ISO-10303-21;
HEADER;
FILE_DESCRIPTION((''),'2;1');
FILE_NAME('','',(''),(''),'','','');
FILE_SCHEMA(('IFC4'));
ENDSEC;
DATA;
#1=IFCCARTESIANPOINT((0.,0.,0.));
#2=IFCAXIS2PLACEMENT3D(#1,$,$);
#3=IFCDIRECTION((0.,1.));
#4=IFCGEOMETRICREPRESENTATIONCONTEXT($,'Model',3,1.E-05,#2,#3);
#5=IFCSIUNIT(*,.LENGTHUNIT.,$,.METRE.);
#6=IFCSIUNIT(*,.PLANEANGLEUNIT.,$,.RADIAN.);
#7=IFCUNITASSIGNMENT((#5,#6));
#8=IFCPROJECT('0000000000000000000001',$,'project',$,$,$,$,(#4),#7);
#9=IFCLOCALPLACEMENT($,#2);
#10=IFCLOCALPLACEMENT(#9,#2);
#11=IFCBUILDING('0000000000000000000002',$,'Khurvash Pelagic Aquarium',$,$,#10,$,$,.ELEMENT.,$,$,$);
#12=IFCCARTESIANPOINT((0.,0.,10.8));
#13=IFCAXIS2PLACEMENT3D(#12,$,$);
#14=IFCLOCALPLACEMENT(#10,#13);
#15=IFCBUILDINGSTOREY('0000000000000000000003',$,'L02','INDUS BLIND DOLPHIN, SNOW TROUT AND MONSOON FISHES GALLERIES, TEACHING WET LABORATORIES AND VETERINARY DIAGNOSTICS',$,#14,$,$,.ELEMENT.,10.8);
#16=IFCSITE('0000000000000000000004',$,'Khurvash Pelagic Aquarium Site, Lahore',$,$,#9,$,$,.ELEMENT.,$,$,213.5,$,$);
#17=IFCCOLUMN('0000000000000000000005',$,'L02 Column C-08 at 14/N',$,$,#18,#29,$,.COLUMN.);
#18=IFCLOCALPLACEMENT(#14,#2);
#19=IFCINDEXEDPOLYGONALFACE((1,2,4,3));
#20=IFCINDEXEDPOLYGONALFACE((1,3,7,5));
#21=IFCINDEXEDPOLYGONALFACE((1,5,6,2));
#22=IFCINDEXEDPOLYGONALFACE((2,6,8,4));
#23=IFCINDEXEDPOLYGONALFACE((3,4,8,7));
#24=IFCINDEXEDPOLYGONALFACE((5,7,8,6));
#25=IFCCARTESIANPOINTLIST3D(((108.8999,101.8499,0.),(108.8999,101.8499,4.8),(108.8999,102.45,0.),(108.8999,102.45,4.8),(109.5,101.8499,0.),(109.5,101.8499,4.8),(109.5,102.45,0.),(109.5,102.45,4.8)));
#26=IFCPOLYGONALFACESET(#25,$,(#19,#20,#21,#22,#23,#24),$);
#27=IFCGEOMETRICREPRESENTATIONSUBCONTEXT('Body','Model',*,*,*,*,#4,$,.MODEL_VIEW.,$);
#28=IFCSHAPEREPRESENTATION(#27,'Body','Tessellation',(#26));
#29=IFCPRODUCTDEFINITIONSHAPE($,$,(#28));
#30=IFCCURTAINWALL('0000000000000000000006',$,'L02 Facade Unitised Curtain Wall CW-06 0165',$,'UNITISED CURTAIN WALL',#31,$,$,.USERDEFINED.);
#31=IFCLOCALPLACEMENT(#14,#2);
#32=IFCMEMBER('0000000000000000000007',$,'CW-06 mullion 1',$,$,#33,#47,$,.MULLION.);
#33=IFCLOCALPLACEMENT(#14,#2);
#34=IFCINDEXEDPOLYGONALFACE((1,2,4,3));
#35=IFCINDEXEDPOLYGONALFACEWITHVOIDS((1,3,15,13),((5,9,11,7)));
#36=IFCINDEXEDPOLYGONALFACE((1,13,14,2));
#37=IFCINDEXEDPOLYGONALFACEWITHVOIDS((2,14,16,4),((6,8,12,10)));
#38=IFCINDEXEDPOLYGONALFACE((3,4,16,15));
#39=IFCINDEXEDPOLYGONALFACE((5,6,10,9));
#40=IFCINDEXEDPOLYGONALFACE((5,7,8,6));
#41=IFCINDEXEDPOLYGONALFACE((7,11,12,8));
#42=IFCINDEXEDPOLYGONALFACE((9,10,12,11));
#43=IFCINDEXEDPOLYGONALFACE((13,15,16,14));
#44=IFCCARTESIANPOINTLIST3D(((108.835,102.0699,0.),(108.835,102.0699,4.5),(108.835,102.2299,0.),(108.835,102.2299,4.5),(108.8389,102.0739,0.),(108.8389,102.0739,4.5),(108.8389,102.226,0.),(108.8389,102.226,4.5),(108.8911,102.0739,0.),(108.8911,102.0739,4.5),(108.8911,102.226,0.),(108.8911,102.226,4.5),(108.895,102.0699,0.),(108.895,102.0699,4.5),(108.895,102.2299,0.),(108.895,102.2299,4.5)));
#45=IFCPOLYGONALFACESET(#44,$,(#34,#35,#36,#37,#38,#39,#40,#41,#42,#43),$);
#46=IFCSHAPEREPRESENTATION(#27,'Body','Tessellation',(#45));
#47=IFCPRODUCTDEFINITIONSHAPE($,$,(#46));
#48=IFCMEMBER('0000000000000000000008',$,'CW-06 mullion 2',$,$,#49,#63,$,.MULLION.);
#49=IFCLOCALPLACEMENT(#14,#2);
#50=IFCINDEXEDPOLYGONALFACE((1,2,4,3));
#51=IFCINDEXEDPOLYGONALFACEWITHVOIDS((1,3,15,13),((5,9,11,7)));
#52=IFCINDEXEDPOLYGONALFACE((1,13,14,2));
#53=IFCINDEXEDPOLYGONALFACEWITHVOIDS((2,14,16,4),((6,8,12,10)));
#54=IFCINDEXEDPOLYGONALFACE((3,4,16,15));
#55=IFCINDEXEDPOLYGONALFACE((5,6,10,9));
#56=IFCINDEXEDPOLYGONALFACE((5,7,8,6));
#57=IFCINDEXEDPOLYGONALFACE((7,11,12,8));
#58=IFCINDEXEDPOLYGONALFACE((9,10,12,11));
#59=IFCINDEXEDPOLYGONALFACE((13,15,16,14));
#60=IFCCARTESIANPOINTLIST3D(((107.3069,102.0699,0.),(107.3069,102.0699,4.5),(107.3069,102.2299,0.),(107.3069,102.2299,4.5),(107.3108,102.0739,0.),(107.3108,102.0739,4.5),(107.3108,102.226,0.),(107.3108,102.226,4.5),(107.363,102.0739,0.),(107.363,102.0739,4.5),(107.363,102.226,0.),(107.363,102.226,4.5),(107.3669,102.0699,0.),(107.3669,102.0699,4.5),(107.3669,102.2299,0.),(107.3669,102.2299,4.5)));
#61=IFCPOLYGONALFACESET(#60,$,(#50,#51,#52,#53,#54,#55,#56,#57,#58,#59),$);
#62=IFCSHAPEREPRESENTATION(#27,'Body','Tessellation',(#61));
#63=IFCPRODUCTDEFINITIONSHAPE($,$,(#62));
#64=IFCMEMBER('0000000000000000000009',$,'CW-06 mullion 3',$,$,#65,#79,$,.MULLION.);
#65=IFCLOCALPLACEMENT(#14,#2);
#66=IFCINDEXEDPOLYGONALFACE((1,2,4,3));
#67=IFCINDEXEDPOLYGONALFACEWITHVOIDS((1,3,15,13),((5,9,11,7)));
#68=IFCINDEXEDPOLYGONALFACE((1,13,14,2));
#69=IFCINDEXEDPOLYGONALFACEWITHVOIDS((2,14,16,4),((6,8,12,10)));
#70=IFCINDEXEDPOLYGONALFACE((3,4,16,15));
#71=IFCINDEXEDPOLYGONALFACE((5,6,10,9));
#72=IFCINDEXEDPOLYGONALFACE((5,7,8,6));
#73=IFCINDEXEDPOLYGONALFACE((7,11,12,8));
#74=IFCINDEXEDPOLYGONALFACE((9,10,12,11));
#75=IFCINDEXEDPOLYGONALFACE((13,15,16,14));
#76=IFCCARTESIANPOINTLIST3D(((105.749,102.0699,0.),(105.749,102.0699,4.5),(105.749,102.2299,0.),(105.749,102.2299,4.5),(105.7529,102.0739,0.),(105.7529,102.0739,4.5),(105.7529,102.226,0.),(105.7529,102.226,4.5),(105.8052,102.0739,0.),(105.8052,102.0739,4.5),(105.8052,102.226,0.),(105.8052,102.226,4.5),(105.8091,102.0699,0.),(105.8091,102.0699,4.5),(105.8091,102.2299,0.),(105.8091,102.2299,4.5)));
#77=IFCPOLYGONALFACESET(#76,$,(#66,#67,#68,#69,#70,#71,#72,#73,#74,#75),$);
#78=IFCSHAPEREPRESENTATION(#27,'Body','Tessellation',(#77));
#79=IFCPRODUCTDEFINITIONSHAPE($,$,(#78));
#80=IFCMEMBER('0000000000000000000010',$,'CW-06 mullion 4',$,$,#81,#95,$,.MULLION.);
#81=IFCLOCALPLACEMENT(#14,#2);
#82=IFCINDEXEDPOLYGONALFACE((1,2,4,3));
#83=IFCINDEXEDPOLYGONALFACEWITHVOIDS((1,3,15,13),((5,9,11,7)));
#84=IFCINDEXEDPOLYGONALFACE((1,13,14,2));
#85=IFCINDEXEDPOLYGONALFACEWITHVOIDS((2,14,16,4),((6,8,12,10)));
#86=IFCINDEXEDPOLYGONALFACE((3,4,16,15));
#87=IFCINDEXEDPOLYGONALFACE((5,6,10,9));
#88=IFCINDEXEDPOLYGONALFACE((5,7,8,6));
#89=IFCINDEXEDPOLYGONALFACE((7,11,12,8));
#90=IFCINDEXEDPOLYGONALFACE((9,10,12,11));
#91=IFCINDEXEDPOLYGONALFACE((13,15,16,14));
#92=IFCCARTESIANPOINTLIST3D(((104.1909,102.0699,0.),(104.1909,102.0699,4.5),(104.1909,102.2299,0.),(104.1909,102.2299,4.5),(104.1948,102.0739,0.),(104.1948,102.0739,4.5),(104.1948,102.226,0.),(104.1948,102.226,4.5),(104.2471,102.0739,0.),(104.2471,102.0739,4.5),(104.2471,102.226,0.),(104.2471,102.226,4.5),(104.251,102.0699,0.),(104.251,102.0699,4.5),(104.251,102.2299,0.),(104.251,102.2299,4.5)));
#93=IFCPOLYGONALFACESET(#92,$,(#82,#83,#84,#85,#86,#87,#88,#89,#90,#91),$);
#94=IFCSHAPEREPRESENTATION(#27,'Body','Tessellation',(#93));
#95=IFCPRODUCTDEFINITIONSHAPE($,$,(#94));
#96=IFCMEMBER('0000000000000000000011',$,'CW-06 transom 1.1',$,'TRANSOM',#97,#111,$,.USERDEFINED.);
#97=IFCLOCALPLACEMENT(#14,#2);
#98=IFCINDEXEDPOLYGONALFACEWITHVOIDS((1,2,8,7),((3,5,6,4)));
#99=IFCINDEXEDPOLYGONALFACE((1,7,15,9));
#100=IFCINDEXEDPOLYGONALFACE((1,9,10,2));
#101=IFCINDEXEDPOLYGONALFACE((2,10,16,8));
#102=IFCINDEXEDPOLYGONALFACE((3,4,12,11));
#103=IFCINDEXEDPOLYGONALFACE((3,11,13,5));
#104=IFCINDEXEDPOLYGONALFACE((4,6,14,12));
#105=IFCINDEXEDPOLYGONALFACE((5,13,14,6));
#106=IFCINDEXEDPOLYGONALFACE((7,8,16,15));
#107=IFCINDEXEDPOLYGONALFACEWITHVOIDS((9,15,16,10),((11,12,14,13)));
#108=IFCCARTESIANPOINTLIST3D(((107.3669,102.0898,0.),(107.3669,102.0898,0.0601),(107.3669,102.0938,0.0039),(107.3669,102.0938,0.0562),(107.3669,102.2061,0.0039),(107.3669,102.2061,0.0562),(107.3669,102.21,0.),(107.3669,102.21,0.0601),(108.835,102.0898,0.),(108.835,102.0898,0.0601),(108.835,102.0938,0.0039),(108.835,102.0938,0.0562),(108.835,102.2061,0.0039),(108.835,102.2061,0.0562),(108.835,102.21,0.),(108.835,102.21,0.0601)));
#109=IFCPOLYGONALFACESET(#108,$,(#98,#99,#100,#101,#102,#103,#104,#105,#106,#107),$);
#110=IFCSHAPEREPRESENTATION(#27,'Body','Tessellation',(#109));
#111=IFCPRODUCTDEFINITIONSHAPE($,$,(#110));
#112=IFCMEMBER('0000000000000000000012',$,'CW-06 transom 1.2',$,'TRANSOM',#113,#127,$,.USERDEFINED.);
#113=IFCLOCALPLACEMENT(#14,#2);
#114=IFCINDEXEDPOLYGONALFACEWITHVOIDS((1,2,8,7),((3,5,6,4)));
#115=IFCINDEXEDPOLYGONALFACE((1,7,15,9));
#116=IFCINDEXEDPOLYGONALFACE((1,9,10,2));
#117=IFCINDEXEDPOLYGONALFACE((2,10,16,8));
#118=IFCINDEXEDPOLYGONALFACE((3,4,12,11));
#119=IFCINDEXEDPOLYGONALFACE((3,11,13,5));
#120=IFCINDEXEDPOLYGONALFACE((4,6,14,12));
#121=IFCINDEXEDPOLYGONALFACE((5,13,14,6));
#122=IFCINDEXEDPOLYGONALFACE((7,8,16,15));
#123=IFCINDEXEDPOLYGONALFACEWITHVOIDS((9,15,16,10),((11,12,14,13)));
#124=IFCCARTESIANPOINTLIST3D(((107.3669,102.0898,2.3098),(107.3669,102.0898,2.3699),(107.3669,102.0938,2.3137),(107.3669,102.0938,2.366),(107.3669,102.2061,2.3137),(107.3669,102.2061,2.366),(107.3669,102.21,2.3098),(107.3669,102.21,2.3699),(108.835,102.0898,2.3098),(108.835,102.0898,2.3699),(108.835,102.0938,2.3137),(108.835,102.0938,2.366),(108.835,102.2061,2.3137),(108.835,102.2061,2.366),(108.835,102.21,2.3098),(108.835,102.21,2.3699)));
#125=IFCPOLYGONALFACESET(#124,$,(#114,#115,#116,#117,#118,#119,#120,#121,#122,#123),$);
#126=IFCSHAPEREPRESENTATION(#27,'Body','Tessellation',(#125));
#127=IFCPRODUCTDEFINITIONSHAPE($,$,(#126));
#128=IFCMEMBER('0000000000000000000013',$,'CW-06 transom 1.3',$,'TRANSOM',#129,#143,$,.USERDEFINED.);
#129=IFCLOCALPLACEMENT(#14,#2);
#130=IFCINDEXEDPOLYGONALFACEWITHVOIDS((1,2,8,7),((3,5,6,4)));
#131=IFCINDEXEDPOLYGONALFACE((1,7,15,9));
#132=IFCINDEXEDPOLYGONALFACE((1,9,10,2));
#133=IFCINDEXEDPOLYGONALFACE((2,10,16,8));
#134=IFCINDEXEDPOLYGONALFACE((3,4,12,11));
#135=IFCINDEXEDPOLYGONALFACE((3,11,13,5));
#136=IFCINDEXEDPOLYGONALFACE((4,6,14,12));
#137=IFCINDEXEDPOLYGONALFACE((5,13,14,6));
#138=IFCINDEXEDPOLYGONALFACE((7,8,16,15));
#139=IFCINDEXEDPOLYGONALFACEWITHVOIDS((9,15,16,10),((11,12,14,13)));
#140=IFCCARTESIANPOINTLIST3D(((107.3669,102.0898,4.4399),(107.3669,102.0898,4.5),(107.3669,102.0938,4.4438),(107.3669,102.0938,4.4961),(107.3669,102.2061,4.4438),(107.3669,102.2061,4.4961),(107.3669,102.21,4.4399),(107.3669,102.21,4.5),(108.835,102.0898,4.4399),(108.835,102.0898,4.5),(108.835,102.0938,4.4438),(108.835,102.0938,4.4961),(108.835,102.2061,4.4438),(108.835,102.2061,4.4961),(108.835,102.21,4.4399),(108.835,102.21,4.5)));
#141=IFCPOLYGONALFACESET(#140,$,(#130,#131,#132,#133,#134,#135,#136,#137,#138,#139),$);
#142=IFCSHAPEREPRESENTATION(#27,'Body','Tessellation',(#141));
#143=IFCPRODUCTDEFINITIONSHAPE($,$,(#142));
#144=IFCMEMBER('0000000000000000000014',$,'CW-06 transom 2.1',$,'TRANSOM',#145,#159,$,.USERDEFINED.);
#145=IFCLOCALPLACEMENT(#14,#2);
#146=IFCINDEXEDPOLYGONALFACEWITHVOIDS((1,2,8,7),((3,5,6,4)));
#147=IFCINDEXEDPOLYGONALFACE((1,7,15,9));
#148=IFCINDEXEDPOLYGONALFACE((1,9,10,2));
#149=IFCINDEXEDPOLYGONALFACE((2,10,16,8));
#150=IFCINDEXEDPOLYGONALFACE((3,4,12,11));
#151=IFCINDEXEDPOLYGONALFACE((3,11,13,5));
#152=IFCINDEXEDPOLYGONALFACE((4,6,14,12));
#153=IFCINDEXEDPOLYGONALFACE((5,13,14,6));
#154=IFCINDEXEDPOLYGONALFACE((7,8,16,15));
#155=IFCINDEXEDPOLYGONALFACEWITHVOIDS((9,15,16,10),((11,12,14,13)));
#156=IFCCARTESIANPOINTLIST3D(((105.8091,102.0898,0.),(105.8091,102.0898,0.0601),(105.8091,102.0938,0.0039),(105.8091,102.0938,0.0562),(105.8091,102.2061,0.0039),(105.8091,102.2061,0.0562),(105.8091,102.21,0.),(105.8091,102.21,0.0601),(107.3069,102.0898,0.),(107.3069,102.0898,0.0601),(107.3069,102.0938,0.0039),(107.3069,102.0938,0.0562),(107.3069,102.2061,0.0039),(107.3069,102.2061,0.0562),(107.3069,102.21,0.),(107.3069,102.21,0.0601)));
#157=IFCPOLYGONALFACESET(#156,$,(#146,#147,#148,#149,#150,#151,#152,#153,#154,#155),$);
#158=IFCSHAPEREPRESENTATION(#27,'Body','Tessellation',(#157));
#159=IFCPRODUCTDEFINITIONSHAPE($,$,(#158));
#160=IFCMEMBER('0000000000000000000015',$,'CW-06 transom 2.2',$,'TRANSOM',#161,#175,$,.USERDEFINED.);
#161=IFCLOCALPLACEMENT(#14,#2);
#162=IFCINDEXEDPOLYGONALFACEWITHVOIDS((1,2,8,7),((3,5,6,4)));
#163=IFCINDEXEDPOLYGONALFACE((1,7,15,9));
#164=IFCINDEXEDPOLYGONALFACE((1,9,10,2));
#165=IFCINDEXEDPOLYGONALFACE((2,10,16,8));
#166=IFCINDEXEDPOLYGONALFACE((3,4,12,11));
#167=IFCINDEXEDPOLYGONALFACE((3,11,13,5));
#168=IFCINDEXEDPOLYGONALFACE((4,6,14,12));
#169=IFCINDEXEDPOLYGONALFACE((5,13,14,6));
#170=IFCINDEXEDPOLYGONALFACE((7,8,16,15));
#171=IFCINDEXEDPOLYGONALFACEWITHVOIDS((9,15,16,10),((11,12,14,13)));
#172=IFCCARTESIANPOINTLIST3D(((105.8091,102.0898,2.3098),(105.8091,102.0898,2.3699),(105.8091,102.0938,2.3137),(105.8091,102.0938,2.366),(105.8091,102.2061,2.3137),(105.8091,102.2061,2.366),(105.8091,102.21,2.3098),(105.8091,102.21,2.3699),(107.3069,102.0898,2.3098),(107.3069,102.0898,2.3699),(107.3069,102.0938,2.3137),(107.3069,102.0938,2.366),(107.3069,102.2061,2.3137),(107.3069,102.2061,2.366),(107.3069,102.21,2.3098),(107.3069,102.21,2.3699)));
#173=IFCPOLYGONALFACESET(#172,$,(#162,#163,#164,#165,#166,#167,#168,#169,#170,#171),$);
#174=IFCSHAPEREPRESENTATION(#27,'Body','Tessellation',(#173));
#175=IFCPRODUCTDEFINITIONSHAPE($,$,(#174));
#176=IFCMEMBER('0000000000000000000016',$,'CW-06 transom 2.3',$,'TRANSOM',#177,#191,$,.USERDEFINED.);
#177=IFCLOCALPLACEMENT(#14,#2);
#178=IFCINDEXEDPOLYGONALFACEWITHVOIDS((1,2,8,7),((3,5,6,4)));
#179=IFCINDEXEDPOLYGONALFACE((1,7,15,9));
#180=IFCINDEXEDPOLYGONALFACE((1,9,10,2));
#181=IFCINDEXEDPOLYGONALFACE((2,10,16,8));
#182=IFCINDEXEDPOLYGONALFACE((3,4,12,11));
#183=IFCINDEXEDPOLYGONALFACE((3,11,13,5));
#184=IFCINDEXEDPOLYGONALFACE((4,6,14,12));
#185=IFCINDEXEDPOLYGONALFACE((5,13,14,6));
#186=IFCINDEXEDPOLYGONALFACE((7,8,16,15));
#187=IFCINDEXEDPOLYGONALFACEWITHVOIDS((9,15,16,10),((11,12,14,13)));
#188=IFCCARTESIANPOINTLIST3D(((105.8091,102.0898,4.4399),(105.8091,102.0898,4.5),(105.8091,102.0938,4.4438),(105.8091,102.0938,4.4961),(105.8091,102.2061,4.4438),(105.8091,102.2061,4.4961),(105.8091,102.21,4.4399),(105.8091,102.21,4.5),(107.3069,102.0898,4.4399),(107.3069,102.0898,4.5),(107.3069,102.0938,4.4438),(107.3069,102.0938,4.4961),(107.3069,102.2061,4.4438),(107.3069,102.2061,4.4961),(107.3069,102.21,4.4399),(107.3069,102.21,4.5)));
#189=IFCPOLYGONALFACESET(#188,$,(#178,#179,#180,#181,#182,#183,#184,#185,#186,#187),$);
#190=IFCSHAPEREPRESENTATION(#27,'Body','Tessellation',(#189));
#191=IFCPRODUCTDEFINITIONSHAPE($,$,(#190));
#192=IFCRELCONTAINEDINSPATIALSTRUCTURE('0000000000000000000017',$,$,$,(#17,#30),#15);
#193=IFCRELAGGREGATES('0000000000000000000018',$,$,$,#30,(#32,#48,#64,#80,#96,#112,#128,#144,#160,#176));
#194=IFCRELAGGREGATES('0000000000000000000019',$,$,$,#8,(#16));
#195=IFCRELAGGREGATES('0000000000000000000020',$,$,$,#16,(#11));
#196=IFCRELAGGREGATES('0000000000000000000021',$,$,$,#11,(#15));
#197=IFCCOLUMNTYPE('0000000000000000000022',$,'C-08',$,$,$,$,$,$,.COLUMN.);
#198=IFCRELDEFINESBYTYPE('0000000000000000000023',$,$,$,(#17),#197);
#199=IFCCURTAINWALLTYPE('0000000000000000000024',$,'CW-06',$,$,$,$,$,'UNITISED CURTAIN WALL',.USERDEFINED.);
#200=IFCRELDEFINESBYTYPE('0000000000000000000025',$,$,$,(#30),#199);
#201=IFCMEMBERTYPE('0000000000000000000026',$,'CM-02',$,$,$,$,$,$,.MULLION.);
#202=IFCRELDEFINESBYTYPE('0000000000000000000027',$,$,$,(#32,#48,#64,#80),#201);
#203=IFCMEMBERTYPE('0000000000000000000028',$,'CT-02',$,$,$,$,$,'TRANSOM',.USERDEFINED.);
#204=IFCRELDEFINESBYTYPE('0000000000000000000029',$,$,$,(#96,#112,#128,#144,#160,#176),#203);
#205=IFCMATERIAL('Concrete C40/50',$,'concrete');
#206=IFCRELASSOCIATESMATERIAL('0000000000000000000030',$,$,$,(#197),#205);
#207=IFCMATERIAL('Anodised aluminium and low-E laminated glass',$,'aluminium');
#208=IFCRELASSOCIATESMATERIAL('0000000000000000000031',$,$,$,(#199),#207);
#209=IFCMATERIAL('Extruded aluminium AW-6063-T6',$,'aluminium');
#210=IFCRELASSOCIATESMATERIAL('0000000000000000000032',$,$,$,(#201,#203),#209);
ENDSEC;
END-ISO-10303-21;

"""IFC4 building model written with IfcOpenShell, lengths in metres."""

from ifc_helpers import new_model, si_unit, direction, frame, origin, origin_2d, place, context, subcontext, project, spatial, rectangle, hollow_rectangle, extrude, material, material_profile, profile_set, type_object, element, aggregate, save


model = new_model("IFC4")

# Units and contexts
model_context = context("Model", 3, precision=1e-05, world=origin(), true_north=direction((0.0, 1.0)))
body_context = subcontext(model_context, "Body", "Model", "MODEL_VIEW")
ifc_project = project(units=[si_unit("LENGTHUNIT", "METRE"), si_unit("PLANEANGLEUNIT", "RADIAN")], contexts=[model_context])

# Site, building, storey
site_placement = place(None, origin())
site = spatial("IfcSite", under=ifc_project, at=site_placement, Name="Khurvash Pelagic Aquarium Site, Lahore", CompositionType="ELEMENT", RefElevation=213.5)
building_placement = place(site_placement, origin())
building = spatial("IfcBuilding", under=site, at=building_placement, Name="Khurvash Pelagic Aquarium", CompositionType="ELEMENT")
storey_placement = place(building_placement, frame((0.0, 0.0, 10.8)))
storey = spatial("IfcBuildingStorey", under=building, at=storey_placement, Name="L02", Description="INDUS BLIND DOLPHIN, SNOW TROUT AND MONSOON FISHES GALLERIES, TEACHING WET LABORATORIES AND VETERINARY DIAGNOSTICS", CompositionType="ELEMENT", Elevation=10.8)

# Column
ifc_material_1 = material(Name="Concrete C40/50", Category="concrete")
ifc_material_profile_1 = material_profile(ifc_material_1, rectangle(XDim=0.6001, YDim=0.6001, at=origin_2d()), Name="RC600X600")
ifc_profile_set_1 = profile_set([ifc_material_profile_1], Name="Concrete C40/50")
column_type = type_object("IfcColumnType", Name="C-08", PredefinedType="COLUMN", material=ifc_profile_set_1)
column_placement = place(storey_placement, frame((109.2, 102.1499, 0.0), z_axis=(0.0, 0.0, 1.0), x_axis=(1.0, 0.0, 0.0)))
element("IfcColumn", 1, at=column_placement, inside=storey, type_object=column_type, Name="L02 Column C-08 at 14/N", PredefinedType="COLUMN", context=body_context, shape_type="SweptSolid", body=[
    extrude(rectangle(XDim=0.6001, YDim=0.6001, at=origin_2d()), origin(), (0.0, 0.0, 1.0), 4.8),
])

# Curtain wall, members
ifc_material_2 = material(Name="Anodised aluminium and low-E laminated glass", Category="aluminium")
curtain_wall_type = type_object("IfcCurtainWallType", Name="CW-06", ElementType="UNITISED CURTAIN WALL", PredefinedType="USERDEFINED", material=ifc_material_2)
curtain_wall_placement = place(storey_placement, origin())
curtain_wall = element("IfcCurtainWall", 2, at=curtain_wall_placement, inside=storey, type_object=curtain_wall_type, Name="L02 Facade Unitised Curtain Wall CW-06 0165", ObjectType="UNITISED CURTAIN WALL", PredefinedType="USERDEFINED")
ifc_material_3 = material(Name="Extruded aluminium AW-6063-T6", Category="aluminium")
ifc_material_profile_2 = material_profile(ifc_material_3, hollow_rectangle(XDim=0.0601, YDim=0.1599, WallThickness=0.0039, at=origin_2d()), Name="CWM60X160X4")
ifc_profile_set_2 = profile_set([ifc_material_profile_2], Name="Extruded aluminium AW-6063-T6")
member_type_1 = type_object("IfcMemberType", Name="CM-02", PredefinedType="MULLION", material=ifc_profile_set_2)
member_1_placement = place(storey_placement, frame((108.865, 102.1499, 0.0), z_axis=(0.0, 0.0, 1.0), x_axis=(-1.0, 0.0, 0.0)))
member_1 = element("IfcMember", 3, at=member_1_placement, type_object=member_type_1, Name="CW-06 mullion 1", PredefinedType="MULLION", context=body_context, shape_type="SweptSolid", body=[
    extrude(hollow_rectangle(XDim=0.0601, YDim=0.1599, WallThickness=0.0039, at=origin_2d()), origin(), (0.0, 0.0, 1.0), 4.5),
])
member_2_placement = place(storey_placement, frame((107.3369, 102.1499, 0.0), z_axis=(0.0, 0.0, 1.0), x_axis=(-1.0, 0.0, 0.0)))
member_2 = element("IfcMember", 4, at=member_2_placement, type_object=member_type_1, Name="CW-06 mullion 2", PredefinedType="MULLION", context=body_context, shape_type="SweptSolid", body=[
    extrude(hollow_rectangle(XDim=0.0601, YDim=0.1599, WallThickness=0.0039, at=origin_2d()), origin(), (0.0, 0.0, 1.0), 4.5),
])
member_3_placement = place(storey_placement, frame((105.7791, 102.1499, 0.0), z_axis=(0.0, 0.0, 1.0), x_axis=(-1.0, 0.0, 0.0)))
member_3 = element("IfcMember", 5, at=member_3_placement, type_object=member_type_1, Name="CW-06 mullion 3", PredefinedType="MULLION", context=body_context, shape_type="SweptSolid", body=[
    extrude(hollow_rectangle(XDim=0.0601, YDim=0.1599, WallThickness=0.0039, at=origin_2d()), origin(), (0.0, 0.0, 1.0), 4.5),
])
member_4_placement = place(storey_placement, frame((104.2209, 102.1499, 0.0), z_axis=(0.0, 0.0, 1.0), x_axis=(-1.0, 0.0, 0.0)))
member_4 = element("IfcMember", 6, at=member_4_placement, type_object=member_type_1, Name="CW-06 mullion 4", PredefinedType="MULLION", context=body_context, shape_type="SweptSolid", body=[
    extrude(hollow_rectangle(XDim=0.0601, YDim=0.1599, WallThickness=0.0039, at=origin_2d()), origin(), (0.0, 0.0, 1.0), 4.5),
])
ifc_material_profile_3 = material_profile(ifc_material_3, hollow_rectangle(XDim=0.1201, YDim=0.0601, WallThickness=0.0039, at=origin_2d()), Name="CWT120X60X4")
ifc_profile_set_3 = profile_set([ifc_material_profile_3], Name="Extruded aluminium AW-6063-T6")
member_type_2 = type_object("IfcMemberType", Name="CT-02", ElementType="TRANSOM", PredefinedType="USERDEFINED", material=ifc_profile_set_3)
member_5_placement = place(storey_placement, frame((108.835, 102.1499, 0.03), z_axis=(-1.0, 0.0, 0.0), x_axis=(0.0, -1.0, 0.0)))
member_5 = element("IfcMember", 7, at=member_5_placement, type_object=member_type_2, Name="CW-06 transom 1.1", ObjectType="TRANSOM", PredefinedType="USERDEFINED", context=body_context, shape_type="SweptSolid", body=[
    extrude(hollow_rectangle(XDim=0.1201, YDim=0.0601, WallThickness=0.0039, at=origin_2d()), origin(), (0.0, 0.0, 1.0), 1.468),
])
member_6_placement = place(storey_placement, frame((108.835, 102.1499, 2.3398), z_axis=(-1.0, 0.0, 0.0), x_axis=(0.0, -1.0, 0.0)))
member_6 = element("IfcMember", 8, at=member_6_placement, type_object=member_type_2, Name="CW-06 transom 1.2", ObjectType="TRANSOM", PredefinedType="USERDEFINED", context=body_context, shape_type="SweptSolid", body=[
    extrude(hollow_rectangle(XDim=0.1201, YDim=0.0601, WallThickness=0.0039, at=origin_2d()), origin(), (0.0, 0.0, 1.0), 1.468),
])
member_7_placement = place(storey_placement, frame((108.835, 102.1499, 4.47), z_axis=(-1.0, 0.0, 0.0), x_axis=(0.0, -1.0, 0.0)))
member_7 = element("IfcMember", 9, at=member_7_placement, type_object=member_type_2, Name="CW-06 transom 1.3", ObjectType="TRANSOM", PredefinedType="USERDEFINED", context=body_context, shape_type="SweptSolid", body=[
    extrude(hollow_rectangle(XDim=0.1201, YDim=0.0601, WallThickness=0.0039, at=origin_2d()), origin(), (0.0, 0.0, 1.0), 1.468),
])
member_8_placement = place(storey_placement, frame((107.3069, 102.1499, 0.03), z_axis=(-1.0, 0.0, 0.0), x_axis=(0.0, -1.0, 0.0)))
member_8 = element("IfcMember", 10, at=member_8_placement, type_object=member_type_2, Name="CW-06 transom 2.1", ObjectType="TRANSOM", PredefinedType="USERDEFINED", context=body_context, shape_type="SweptSolid", body=[
    extrude(hollow_rectangle(XDim=0.1201, YDim=0.0601, WallThickness=0.0039, at=origin_2d()), origin(), (0.0, 0.0, 1.0), 1.4978),
])
member_9_placement = place(storey_placement, frame((107.3069, 102.1499, 2.3398), z_axis=(-1.0, 0.0, 0.0), x_axis=(0.0, -1.0, 0.0)))
member_9 = element("IfcMember", 11, at=member_9_placement, type_object=member_type_2, Name="CW-06 transom 2.2", ObjectType="TRANSOM", PredefinedType="USERDEFINED", context=body_context, shape_type="SweptSolid", body=[
    extrude(hollow_rectangle(XDim=0.1201, YDim=0.0601, WallThickness=0.0039, at=origin_2d()), origin(), (0.0, 0.0, 1.0), 1.4978),
])
member_10_placement = place(storey_placement, frame((107.3069, 102.1499, 4.47), z_axis=(-1.0, 0.0, 0.0), x_axis=(0.0, -1.0, 0.0)))
member_10 = element("IfcMember", 12, at=member_10_placement, type_object=member_type_2, Name="CW-06 transom 2.3", ObjectType="TRANSOM", PredefinedType="USERDEFINED", context=body_context, shape_type="SweptSolid", body=[
    extrude(hollow_rectangle(XDim=0.1201, YDim=0.0601, WallThickness=0.0039, at=origin_2d()), origin(), (0.0, 0.0, 1.0), 1.4978),
])
aggregate(curtain_wall, [member_1, member_2, member_3, member_4, member_5, member_6, member_7, member_8, member_9, member_10])

save(model, "model.ifc")
